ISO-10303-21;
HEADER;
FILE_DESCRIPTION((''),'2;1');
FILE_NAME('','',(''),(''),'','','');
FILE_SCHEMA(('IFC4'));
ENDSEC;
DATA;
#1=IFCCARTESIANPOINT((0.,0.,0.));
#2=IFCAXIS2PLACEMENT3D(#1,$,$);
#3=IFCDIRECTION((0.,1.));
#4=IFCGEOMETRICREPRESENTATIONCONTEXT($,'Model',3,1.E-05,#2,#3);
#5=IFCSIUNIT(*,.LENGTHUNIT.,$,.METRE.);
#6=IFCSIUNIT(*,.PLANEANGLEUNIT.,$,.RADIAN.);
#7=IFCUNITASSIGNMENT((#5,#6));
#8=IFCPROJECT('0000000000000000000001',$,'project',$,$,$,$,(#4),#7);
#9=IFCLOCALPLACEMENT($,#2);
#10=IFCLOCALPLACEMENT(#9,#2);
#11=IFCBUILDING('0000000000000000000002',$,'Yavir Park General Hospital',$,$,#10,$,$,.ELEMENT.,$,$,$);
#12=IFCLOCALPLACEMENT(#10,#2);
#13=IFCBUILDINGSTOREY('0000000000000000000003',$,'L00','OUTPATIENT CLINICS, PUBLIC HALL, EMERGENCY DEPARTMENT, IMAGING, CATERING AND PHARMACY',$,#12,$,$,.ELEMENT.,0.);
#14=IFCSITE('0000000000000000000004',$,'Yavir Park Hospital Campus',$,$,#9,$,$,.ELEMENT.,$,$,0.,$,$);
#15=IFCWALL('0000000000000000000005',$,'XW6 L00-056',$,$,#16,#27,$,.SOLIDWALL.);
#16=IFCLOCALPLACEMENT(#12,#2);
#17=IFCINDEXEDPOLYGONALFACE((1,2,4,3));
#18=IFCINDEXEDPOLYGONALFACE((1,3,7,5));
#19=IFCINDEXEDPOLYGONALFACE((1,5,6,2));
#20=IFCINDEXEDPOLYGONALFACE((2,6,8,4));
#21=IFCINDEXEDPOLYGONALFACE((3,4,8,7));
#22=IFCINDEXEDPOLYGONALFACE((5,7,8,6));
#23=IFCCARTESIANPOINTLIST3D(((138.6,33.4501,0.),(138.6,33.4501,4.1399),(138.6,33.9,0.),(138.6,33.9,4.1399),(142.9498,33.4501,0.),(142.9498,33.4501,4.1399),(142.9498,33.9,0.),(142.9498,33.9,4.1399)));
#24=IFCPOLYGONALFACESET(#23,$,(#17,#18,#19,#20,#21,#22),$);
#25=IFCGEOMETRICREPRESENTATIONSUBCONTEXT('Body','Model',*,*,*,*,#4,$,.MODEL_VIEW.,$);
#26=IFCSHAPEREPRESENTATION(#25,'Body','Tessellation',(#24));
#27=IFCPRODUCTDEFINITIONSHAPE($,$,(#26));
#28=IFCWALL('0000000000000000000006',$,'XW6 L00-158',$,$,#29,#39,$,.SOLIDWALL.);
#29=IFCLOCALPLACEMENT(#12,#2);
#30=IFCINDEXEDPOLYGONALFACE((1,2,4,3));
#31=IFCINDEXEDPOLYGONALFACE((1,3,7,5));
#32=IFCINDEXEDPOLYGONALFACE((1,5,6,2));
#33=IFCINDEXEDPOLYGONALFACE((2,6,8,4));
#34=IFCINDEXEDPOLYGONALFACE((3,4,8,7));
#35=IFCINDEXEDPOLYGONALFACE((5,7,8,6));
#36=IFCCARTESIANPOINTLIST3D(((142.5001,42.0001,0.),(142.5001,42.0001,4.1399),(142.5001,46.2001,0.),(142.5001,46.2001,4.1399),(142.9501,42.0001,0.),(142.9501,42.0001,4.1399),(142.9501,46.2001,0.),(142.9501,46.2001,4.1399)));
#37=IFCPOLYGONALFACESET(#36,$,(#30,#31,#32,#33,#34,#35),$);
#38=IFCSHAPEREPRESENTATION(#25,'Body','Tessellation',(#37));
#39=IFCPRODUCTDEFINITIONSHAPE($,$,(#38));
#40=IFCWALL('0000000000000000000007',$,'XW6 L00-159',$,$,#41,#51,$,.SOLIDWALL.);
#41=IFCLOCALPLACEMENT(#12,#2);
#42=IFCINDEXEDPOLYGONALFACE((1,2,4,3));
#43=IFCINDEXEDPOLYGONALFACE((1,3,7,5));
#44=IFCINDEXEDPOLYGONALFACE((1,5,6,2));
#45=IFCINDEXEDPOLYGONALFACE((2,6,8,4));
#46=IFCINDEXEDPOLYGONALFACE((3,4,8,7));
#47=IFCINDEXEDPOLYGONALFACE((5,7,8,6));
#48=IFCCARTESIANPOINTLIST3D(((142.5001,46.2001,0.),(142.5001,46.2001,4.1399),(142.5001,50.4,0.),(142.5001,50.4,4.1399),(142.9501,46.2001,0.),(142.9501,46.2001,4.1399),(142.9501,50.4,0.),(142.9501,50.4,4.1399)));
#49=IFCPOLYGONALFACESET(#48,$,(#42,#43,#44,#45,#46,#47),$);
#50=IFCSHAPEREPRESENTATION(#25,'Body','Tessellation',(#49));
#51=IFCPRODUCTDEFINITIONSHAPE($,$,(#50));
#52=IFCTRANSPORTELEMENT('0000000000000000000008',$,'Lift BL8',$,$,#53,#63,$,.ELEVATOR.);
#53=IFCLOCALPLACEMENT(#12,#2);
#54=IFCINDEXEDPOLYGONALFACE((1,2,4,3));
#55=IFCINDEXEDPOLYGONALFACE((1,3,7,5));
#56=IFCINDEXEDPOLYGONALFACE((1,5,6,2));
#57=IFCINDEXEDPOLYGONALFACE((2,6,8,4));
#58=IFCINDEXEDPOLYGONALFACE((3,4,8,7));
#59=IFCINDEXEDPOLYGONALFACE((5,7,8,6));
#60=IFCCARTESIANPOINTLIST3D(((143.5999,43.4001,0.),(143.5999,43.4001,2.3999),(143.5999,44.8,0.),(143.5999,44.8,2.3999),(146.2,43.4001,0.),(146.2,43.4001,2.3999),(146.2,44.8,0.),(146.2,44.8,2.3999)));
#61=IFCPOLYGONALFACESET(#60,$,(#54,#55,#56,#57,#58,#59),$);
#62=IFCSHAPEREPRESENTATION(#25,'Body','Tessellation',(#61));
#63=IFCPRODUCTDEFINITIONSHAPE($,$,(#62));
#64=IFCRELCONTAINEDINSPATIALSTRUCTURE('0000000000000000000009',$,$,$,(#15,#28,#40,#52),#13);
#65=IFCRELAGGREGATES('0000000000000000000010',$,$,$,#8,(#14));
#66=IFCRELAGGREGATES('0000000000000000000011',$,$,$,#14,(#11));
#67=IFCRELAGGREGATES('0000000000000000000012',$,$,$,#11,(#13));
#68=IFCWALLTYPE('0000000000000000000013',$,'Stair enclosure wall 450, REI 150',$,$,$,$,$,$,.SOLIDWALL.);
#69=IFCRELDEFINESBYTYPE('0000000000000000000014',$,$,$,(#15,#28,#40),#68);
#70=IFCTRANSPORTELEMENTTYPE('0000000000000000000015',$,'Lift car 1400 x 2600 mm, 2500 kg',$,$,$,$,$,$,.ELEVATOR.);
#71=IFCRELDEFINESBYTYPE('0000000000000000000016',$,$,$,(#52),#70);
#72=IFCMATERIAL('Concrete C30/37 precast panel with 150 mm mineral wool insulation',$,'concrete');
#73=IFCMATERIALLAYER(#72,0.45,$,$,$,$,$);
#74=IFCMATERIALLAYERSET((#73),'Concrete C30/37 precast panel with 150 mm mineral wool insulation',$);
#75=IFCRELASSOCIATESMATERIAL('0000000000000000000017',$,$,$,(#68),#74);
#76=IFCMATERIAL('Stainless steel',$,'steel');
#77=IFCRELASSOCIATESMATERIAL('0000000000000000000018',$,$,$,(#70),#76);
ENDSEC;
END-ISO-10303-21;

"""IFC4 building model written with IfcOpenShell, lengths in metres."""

from ifc_helpers import new_model, si_unit, direction, frame, frame_2d, origin, origin_2d, place, context, subcontext, project, spatial, rectangle, extrude, material, layer, layer_set, type_object, element, save


model = new_model("IFC4")

# Units and contexts
model_context = context("Model", 3, precision=1e-05, world=origin(), true_north=direction((0.0, 1.0)))
body_context = subcontext(model_context, "Body", "Model", "MODEL_VIEW")
ifc_project = project(units=[si_unit("LENGTHUNIT", "METRE"), si_unit("PLANEANGLEUNIT", "RADIAN")], contexts=[model_context])

# Site, building, storey
site_placement = place(None, origin())
site = spatial("IfcSite", under=ifc_project, at=site_placement, Name="Yavir Park Hospital Campus", CompositionType="ELEMENT", RefElevation=0.0)
building_placement = place(site_placement, origin())
building = spatial("IfcBuilding", under=site, at=building_placement, Name="Yavir Park General Hospital", CompositionType="ELEMENT")
storey_placement = place(building_placement, origin())
storey = spatial("IfcBuildingStorey", under=building, at=storey_placement, Name="L00", Description="OUTPATIENT CLINICS, PUBLIC HALL, EMERGENCY DEPARTMENT, IMAGING, CATERING AND PHARMACY", CompositionType="ELEMENT", Elevation=0.0)

# Walls
ifc_material_1 = material(Name="Concrete C30/37 precast panel with 150 mm mineral wool insulation", Category="concrete")
ifc_layer_1 = layer(ifc_material_1, 0.45)
ifc_layer_set_1 = layer_set([ifc_layer_1], Name="Concrete C30/37 precast panel with 150 mm mineral wool insulation")
wall_type_1 = type_object("IfcWallType", Name="Stair enclosure wall 450, REI 150", PredefinedType="SOLIDWALL", material=ifc_layer_set_1)
wall_1_placement = place(storey_placement, frame((138.6001, 33.675, 0.0), z_axis=(0.0, 0.0, 1.0), x_axis=(1.0, 0.0, 0.0)))
element("IfcWall", 1, at=wall_1_placement, inside=storey, type_object=wall_type_1, Name="XW6 L00-056", PredefinedType="SOLIDWALL", context=body_context, shape_type="SweptSolid", body=[
    extrude(rectangle(XDim=4.3499, YDim=0.45, at=frame_2d((2.1748, 0.0))), origin(), (0.0, 0.0, 1.0), 4.1399),
])
for number, where, z_axis, x_axis, name in (
    (2, (142.7251, 42.0, 0.0), (0.0, 0.0, 1.0), (0.0, 1.0, 0.0), "XW6 L00-158"),
    (3, (142.7251, 46.2, 0.0), (0.0, 0.0, 1.0), (0.0, 1.0, 0.0), "XW6 L00-159"),
):
    element("IfcWall", number, at=place(storey_placement, frame(where, z_axis=z_axis, x_axis=x_axis)), inside=storey, type_object=wall_type_1, Name=name, PredefinedType="SOLIDWALL", context=body_context, shape_type="SweptSolid", body=[
        extrude(rectangle(XDim=4.2, YDim=0.45, at=frame_2d((2.1001, 0.0))), origin(), (0.0, 0.0, 1.0), 4.1399),
    ])

# Transport element
ifc_material_2 = material(Name="Stainless steel", Category="steel")
transport_element_type = type_object("IfcTransportElementType", Name="Lift car 1400 x 2600 mm, 2500 kg", PredefinedType="ELEVATOR", material=ifc_material_2)
transport_element_placement = place(storey_placement, frame((144.8999, 44.1001, 0.0), z_axis=(0.0, 0.0, 1.0), x_axis=(1.0, 0.0, 0.0)))
element("IfcTransportElement", 4, at=transport_element_placement, inside=storey, type_object=transport_element_type, Name="Lift BL8", PredefinedType="ELEVATOR", context=body_context, shape_type="SweptSolid", body=[
    extrude(rectangle(XDim=2.6001, YDim=1.3999, at=origin_2d()), origin(), (0.0, 0.0, 1.0), 2.3999),
])

save(model, "model.ifc")
